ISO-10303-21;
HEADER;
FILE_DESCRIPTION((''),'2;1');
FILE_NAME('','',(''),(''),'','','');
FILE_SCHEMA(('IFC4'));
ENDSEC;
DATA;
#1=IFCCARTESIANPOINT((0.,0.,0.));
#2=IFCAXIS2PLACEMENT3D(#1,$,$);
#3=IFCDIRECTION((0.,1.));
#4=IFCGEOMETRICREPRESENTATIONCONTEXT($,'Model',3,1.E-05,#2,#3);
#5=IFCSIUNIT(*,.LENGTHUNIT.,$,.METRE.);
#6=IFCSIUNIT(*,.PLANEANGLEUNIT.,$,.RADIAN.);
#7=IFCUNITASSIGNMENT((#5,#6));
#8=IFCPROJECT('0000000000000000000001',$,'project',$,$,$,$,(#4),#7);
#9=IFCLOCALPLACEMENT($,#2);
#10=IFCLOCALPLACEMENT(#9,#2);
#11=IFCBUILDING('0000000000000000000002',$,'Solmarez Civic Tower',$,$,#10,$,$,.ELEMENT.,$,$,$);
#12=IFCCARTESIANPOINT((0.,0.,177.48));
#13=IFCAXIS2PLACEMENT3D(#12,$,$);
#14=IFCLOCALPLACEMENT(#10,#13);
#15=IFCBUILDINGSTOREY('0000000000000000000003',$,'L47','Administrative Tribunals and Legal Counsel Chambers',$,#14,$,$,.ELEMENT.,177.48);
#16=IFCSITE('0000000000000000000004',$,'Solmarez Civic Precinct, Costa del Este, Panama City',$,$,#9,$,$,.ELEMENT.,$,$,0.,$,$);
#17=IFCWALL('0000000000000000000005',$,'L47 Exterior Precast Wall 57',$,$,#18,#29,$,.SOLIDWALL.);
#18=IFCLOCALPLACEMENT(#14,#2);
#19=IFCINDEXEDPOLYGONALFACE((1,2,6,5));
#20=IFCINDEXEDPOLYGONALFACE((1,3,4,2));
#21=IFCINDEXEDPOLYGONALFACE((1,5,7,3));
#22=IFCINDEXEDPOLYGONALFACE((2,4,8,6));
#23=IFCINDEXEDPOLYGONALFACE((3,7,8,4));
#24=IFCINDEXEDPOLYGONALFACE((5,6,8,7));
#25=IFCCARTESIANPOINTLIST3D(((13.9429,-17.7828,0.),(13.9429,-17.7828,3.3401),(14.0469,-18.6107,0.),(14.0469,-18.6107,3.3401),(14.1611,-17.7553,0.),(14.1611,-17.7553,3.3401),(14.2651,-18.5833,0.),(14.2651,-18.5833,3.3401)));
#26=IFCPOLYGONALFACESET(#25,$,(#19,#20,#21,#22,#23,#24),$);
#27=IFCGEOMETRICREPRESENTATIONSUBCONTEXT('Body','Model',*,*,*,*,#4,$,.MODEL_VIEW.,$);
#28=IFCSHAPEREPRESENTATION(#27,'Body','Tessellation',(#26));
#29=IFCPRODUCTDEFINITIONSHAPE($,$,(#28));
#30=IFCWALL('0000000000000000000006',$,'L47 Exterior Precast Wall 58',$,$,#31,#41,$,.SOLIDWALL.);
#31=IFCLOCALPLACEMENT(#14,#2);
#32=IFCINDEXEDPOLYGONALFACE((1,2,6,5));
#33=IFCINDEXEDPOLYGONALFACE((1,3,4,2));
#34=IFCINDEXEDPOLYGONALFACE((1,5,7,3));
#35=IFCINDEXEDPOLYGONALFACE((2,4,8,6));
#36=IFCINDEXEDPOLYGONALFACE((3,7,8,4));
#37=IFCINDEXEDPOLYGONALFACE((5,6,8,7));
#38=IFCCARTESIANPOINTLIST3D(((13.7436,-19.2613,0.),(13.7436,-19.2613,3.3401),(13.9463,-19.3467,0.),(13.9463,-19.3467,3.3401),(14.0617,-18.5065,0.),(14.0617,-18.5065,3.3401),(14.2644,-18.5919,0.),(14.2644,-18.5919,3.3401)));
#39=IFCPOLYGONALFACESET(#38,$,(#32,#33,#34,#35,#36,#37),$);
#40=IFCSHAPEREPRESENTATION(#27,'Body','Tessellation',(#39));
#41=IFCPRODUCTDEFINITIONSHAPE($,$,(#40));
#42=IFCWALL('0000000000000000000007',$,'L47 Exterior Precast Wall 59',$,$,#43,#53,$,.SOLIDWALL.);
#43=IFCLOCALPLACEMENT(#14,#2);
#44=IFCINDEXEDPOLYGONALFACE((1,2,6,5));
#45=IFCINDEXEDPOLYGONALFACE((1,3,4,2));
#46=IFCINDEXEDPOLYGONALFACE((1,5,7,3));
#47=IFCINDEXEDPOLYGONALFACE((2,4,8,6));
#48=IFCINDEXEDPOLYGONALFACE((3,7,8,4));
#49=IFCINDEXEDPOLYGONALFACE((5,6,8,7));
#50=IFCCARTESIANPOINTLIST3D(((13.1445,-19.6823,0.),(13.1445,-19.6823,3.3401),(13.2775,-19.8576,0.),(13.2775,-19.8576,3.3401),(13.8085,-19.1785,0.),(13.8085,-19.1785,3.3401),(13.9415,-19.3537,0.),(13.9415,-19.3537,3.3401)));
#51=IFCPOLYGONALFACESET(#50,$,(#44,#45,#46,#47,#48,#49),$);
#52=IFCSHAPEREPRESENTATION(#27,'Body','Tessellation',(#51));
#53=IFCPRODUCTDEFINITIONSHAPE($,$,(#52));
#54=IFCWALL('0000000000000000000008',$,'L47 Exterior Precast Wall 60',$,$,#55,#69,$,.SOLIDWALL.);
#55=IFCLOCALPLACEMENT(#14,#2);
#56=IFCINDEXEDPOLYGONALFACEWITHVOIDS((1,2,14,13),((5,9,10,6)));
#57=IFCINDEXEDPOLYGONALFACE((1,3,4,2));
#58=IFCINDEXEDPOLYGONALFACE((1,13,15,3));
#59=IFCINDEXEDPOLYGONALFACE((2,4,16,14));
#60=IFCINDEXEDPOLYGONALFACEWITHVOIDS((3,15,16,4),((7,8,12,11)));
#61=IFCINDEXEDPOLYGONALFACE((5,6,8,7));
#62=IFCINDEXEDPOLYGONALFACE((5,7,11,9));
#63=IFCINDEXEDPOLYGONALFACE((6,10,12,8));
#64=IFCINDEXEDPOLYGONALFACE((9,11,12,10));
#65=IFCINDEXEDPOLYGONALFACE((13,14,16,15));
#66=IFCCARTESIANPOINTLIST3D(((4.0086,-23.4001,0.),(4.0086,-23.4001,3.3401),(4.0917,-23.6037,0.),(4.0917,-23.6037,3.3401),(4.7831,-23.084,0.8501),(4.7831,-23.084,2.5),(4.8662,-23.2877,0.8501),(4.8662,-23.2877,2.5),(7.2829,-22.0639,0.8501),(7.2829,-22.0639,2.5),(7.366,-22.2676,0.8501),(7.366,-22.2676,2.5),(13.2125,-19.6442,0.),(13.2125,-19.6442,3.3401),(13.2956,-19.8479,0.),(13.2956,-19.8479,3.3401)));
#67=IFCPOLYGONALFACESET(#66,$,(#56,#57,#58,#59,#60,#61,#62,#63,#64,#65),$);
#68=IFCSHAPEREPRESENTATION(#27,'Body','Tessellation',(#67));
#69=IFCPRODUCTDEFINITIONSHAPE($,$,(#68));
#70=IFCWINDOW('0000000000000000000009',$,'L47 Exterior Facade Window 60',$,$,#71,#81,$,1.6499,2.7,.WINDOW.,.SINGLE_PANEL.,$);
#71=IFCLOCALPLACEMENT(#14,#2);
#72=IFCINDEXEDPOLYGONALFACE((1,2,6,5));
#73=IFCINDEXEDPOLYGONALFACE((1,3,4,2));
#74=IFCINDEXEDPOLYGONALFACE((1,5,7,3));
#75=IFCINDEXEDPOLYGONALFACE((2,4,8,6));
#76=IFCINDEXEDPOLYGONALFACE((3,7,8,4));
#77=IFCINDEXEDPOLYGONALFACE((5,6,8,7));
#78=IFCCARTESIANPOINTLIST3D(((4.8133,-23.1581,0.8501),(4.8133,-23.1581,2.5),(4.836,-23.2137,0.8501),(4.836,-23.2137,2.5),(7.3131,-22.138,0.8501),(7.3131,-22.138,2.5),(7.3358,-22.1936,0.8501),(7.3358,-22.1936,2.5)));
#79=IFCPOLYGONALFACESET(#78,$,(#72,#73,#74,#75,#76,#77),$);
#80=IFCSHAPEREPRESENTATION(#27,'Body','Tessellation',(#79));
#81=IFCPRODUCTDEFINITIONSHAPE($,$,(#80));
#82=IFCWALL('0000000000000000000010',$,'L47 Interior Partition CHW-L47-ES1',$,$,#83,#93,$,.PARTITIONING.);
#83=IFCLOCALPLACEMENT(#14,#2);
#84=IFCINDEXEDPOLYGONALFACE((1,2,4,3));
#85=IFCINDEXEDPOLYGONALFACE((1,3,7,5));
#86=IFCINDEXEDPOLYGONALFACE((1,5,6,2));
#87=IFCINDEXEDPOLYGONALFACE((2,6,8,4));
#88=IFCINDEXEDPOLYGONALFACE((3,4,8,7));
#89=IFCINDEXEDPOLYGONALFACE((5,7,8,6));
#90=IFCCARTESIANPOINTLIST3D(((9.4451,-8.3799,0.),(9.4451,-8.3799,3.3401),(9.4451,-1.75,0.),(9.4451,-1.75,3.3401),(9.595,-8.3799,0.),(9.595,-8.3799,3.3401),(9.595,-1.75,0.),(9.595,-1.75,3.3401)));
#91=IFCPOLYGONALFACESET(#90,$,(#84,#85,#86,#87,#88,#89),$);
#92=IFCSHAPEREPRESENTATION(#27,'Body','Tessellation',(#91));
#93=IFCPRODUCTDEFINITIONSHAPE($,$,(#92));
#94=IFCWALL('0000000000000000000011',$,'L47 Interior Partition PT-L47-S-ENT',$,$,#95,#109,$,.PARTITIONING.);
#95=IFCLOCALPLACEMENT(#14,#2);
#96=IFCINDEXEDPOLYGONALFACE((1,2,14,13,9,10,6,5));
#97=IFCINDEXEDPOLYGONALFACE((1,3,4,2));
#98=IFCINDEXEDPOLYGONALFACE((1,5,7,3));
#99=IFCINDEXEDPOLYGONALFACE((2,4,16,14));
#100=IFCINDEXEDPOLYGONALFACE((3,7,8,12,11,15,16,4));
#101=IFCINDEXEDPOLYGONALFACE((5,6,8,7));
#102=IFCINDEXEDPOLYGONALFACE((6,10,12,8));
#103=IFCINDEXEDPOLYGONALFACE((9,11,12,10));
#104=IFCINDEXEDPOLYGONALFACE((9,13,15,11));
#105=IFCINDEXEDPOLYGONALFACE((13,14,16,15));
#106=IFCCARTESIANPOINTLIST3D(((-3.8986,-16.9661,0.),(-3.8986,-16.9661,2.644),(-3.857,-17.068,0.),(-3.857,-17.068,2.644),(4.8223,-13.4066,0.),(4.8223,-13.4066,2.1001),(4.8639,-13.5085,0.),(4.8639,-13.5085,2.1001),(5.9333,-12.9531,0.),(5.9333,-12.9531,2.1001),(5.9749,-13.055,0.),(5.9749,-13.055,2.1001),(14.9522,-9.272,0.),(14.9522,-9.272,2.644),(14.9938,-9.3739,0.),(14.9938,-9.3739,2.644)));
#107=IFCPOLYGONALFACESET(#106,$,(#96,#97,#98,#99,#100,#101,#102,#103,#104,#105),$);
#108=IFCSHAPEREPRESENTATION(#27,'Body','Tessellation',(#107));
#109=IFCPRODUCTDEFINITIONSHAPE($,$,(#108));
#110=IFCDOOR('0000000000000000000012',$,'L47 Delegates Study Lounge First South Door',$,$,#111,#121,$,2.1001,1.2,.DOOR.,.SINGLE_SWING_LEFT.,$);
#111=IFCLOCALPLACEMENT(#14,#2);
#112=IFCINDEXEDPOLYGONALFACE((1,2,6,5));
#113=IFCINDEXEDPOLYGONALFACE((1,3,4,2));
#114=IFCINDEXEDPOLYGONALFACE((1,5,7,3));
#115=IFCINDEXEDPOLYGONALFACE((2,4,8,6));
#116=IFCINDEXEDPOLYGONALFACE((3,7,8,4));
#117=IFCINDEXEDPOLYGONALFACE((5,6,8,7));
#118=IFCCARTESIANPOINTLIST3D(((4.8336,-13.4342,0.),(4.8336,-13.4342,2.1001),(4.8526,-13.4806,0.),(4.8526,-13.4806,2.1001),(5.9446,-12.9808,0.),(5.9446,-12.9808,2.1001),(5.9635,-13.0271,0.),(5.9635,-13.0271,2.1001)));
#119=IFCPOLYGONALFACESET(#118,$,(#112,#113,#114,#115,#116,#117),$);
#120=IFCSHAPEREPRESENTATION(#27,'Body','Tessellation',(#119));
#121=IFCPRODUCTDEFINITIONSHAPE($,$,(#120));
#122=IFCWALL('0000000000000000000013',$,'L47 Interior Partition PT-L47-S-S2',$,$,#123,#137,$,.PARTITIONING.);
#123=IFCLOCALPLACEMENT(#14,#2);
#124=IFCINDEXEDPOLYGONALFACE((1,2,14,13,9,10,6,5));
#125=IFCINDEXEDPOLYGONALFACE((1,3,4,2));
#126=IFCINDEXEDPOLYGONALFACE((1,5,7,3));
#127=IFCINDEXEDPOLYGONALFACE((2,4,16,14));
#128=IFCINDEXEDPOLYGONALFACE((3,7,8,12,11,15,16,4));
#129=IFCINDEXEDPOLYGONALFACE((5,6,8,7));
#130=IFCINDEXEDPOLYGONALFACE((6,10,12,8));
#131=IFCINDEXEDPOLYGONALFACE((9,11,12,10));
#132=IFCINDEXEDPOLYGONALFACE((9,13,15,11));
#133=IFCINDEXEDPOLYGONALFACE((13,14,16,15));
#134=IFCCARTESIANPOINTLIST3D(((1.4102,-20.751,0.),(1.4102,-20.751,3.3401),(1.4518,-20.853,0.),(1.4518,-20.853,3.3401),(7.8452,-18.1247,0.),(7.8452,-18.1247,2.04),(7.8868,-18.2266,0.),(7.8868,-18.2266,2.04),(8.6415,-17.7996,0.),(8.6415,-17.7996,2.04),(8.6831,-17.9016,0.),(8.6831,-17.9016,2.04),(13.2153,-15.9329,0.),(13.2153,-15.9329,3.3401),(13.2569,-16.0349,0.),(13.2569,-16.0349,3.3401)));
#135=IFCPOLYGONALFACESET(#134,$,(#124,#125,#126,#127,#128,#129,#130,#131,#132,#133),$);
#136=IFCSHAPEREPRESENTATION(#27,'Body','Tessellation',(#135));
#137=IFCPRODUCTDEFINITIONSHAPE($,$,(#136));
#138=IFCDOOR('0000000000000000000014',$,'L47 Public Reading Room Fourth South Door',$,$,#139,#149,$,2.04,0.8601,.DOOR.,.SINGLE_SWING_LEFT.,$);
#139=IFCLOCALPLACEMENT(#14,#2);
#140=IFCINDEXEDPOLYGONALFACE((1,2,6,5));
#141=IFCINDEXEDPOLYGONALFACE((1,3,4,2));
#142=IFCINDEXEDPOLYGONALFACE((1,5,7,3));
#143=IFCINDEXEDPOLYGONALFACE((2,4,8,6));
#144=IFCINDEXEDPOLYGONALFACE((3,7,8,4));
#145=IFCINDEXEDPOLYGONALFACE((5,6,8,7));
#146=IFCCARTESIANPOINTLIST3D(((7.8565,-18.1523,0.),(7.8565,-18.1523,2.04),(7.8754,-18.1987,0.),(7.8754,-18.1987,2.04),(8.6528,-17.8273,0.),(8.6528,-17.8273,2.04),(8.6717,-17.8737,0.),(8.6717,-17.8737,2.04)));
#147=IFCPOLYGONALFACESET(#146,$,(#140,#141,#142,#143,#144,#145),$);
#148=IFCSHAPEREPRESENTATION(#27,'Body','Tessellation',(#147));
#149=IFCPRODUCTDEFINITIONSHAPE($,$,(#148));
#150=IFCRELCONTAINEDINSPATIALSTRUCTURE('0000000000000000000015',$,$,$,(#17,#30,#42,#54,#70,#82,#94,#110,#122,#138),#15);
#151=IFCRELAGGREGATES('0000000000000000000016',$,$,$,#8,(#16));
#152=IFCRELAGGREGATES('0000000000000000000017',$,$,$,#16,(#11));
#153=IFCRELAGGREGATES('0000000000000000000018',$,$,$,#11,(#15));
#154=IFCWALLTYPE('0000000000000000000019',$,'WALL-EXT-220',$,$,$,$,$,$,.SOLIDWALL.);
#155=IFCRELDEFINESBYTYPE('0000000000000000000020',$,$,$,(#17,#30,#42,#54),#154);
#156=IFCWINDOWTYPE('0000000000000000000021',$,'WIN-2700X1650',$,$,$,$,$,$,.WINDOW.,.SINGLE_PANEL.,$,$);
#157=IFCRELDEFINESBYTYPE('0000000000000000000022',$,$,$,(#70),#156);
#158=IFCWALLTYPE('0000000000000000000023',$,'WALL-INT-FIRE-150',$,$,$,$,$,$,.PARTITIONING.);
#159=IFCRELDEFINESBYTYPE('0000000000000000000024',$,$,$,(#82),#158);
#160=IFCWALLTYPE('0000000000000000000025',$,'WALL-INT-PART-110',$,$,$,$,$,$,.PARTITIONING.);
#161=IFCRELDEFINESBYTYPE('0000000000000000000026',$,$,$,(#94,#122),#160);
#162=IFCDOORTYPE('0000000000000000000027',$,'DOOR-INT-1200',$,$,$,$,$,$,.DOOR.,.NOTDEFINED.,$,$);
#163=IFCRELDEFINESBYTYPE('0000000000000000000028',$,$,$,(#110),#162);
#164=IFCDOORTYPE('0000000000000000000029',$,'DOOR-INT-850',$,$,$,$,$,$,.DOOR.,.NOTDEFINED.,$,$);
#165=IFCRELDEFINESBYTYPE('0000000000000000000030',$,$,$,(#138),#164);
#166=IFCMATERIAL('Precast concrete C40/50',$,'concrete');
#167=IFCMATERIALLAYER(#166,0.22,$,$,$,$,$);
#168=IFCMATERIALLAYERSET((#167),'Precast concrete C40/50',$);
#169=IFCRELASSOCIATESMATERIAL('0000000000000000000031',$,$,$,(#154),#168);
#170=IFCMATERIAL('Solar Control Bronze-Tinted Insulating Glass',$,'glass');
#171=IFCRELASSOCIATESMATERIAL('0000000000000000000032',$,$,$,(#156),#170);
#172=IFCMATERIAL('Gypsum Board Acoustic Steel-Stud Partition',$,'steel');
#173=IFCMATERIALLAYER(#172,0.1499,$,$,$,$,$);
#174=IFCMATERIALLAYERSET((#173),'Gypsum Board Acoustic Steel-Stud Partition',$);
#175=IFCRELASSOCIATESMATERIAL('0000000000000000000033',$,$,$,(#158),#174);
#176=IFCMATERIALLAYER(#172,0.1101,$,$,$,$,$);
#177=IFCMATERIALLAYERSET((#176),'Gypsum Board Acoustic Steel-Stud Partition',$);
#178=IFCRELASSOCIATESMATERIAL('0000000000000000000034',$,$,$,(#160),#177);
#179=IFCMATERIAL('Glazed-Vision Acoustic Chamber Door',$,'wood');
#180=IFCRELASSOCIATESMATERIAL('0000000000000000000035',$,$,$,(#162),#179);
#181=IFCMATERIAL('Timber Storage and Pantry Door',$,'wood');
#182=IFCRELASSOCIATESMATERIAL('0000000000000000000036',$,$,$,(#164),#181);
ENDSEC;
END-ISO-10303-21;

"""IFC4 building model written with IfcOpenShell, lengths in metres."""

from ifc_helpers import new_model, si_unit, direction, frame, frame_2d, origin, place, context, subcontext, project, spatial, rectangle, extrude, material, layer, layer_set, type_object, element, fill, save


model = new_model("IFC4")

# Units and contexts
model_context = context("Model", 3, precision=1e-05, world=origin(), true_north=direction((0.0, 1.0)))
body_context = subcontext(model_context, "Body", "Model", "MODEL_VIEW")
ifc_project = project(units=[si_unit("LENGTHUNIT", "METRE"), si_unit("PLANEANGLEUNIT", "RADIAN")], contexts=[model_context])

# Site, building, storey
site_placement = place(None, origin())
site = spatial("IfcSite", under=ifc_project, at=site_placement, Name="Solmarez Civic Precinct, Costa del Este, Panama City", CompositionType="ELEMENT", RefElevation=0.0)
building_placement = place(site_placement, origin())
building = spatial("IfcBuilding", under=site, at=building_placement, Name="Solmarez Civic Tower", CompositionType="ELEMENT")
storey_placement = place(building_placement, frame((0.0, 0.0, 177.48)))
storey = spatial("IfcBuildingStorey", under=building, at=storey_placement, Name="L47", Description="Administrative Tribunals and Legal Counsel Chambers", CompositionType="ELEMENT", Elevation=177.48)

# Walls
ifc_material_1 = material(Name="Precast concrete C40/50", Category="concrete")
ifc_layer_1 = layer(ifc_material_1, 0.22)
ifc_layer_set_1 = layer_set([ifc_layer_1], Name="Precast concrete C40/50")
wall_type_1 = type_object("IfcWallType", Name="WALL-EXT-220", PredefinedType="SOLIDWALL", material=ifc_layer_set_1)
wall_1_placement = place(storey_placement, frame((14.052, -17.769, 0.0), z_axis=(0.0, 0.0, 1.0), x_axis=(0.124647, -0.992201, 0.0)))
element("IfcWall", 1, at=wall_1_placement, inside=storey, type_object=wall_type_1, Name="L47 Exterior Precast Wall 57", PredefinedType="SOLIDWALL", context=body_context, shape_type="SweptSolid", body=[
    extrude(rectangle(XDim=0.8345, YDim=0.22, at=frame_2d((0.4172, 0.0))), origin(), (0.0, 0.0, 1.0), 3.3401),
])
wall_2_placement = place(storey_placement, frame((14.1631, -18.5491, 0.0), z_axis=(0.0, 0.0, 1.0), x_axis=(-0.388337, -0.921518, 0.0)))
element("IfcWall", 2, at=wall_2_placement, inside=storey, type_object=wall_type_1, Name="L47 Exterior Precast Wall 58", PredefinedType="SOLIDWALL", context=body_context, shape_type="SweptSolid", body=[
    extrude(rectangle(XDim=0.8191, YDim=0.22, at=frame_2d((0.4097, 0.0))), origin(), (0.0, 0.0, 1.0), 3.3401),
])
wall_3_placement = place(storey_placement, frame((13.875, -19.2661, 0.0), z_axis=(0.0, 0.0, 1.0), x_axis=(-0.796613, -0.604489, 0.0)))
element("IfcWall", 3, at=wall_3_placement, inside=storey, type_object=wall_type_1, Name="L47 Exterior Precast Wall 59", PredefinedType="SOLIDWALL", context=body_context, shape_type="SweptSolid", body=[
    extrude(rectangle(XDim=0.8335, YDim=0.22, at=frame_2d((0.4167, 0.0))), origin(), (0.0, 0.0, 1.0), 3.3401),
])

# Wall, opening, window
wall_4_placement = place(storey_placement, frame((13.2539, -19.7461, 0.0), z_axis=(0.0, 0.0, 1.0), x_axis=(-0.925876, -0.377827, 0.0)))
wall_4 = element("IfcWall", 4, at=wall_4_placement, inside=storey, type_object=wall_type_1, Name="L47 Exterior Precast Wall 60", PredefinedType="SOLIDWALL", context=body_context, shape_type="SweptSolid", body=[
    extrude(rectangle(XDim=9.9407, YDim=0.22, at=frame_2d((4.9702, 0.0))), origin(), (0.0, 0.0, 1.0), 3.3401),
])
opening_1_placement = place(wall_4_placement, frame((6.4041, 0.0, 0.8501)))
opening_1 = element("IfcOpeningElement", 5, at=opening_1_placement, cuts=wall_4, PredefinedType="OPENING", context=body_context, shape_type="SweptSolid", body=[
    extrude(rectangle(XDim=2.7, YDim=1.6499, at=frame_2d((1.3501, 0.825))), frame((0.0, 0.1199, 0.0), z_axis=(0.0, -1.0, 0.0), x_axis=(1.0, 0.0, 0.0)), (0.0, 0.0, 1.0), 0.24),
])
ifc_material_2 = material(Name="Solar Control Bronze-Tinted Insulating Glass", Category="glass")
window_type = type_object("IfcWindowType", Name="WIN-2700X1650", PartitioningType="SINGLE_PANEL", PredefinedType="WINDOW", material=ifc_material_2)
window_placement = place(opening_1_placement, origin())
window = element("IfcWindow", 6, at=window_placement, inside=storey, type_object=window_type, Name="L47 Exterior Facade Window 60", OverallHeight=1.6499, OverallWidth=2.7, PartitioningType="SINGLE_PANEL", PredefinedType="WINDOW", context=body_context, shape_type="SweptSolid", body=[
    extrude(rectangle(XDim=2.7, YDim=1.6499, at=frame_2d((1.3501, 0.825))), frame((0.0, 0.03, 0.0), z_axis=(0.0, -1.0, 0.0), x_axis=(1.0, 0.0, 0.0)), (0.0, 0.0, 1.0), 0.0601),
])
fill(opening_1, window)

# Wall
ifc_material_3 = material(Name="Gypsum Board Acoustic Steel-Stud Partition", Category="steel")
ifc_layer_2 = layer(ifc_material_3, 0.1499)
ifc_layer_set_2 = layer_set([ifc_layer_2], Name="Gypsum Board Acoustic Steel-Stud Partition")
wall_type_2 = type_object("IfcWallType", Name="WALL-INT-FIRE-150", PredefinedType="PARTITIONING", material=ifc_layer_set_2)
wall_5_placement = place(storey_placement, frame((9.52, -8.3799, 0.0), z_axis=(0.0, 0.0, 1.0), x_axis=(0.0, 1.0, 0.0)))
element("IfcWall", 7, at=wall_5_placement, inside=storey, type_object=wall_type_2, Name="L47 Interior Partition CHW-L47-ES1", PredefinedType="PARTITIONING", context=body_context, shape_type="SweptSolid", body=[
    extrude(rectangle(XDim=6.6299, YDim=0.1499, at=frame_2d((3.3149, 0.0))), origin(), (0.0, 0.0, 1.0), 3.3401),
])

# Walls, openings, doors
ifc_layer_3 = layer(ifc_material_3, 0.1101)
ifc_layer_set_3 = layer_set([ifc_layer_3], Name="Gypsum Board Acoustic Steel-Stud Partition")
wall_type_3 = type_object("IfcWallType", Name="WALL-INT-PART-110", PredefinedType="PARTITIONING", material=ifc_layer_set_3)
wall_6_placement = place(storey_placement, frame((14.9729, -9.323, 0.0), z_axis=(0.0, 0.0, 1.0), x_axis=(-0.92585, -0.377892, 0.0)))
wall_6 = element("IfcWall", 8, at=wall_6_placement, inside=storey, type_object=wall_type_3, Name="L47 Interior Partition PT-L47-S-ENT", PredefinedType="PARTITIONING", context=body_context, shape_type="SweptSolid", body=[
    extrude(rectangle(XDim=20.3606, YDim=0.1101, at=frame_2d((10.1802, 0.0))), origin(), (0.0, 0.0, 1.0), 2.644),
])
opening_2_placement = place(wall_6_placement, frame((9.741, 0.0, 0.0)))
opening_2 = element("IfcOpeningElement", 9, at=opening_2_placement, cuts=wall_6, PredefinedType="OPENING", context=body_context, shape_type="SweptSolid", body=[
    extrude(rectangle(XDim=1.2, YDim=2.1001, at=frame_2d((0.6001, 1.05))), frame((0.0, 0.0649, 0.0), z_axis=(0.0, -1.0, 0.0), x_axis=(1.0, 0.0, 0.0)), (0.0, 0.0, 1.0), 0.1301),
])
ifc_material_4 = material(Name="Glazed-Vision Acoustic Chamber Door", Category="wood")
door_type_1 = type_object("IfcDoorType", Name="DOOR-INT-1200", OperationType="NOTDEFINED", PredefinedType="DOOR", material=ifc_material_4)
door_1_placement = place(opening_2_placement, origin())
door_1 = element("IfcDoor", 10, at=door_1_placement, inside=storey, type_object=door_type_1, Name="L47 Delegates Study Lounge First South Door", OperationType="SINGLE_SWING_LEFT", OverallHeight=2.1001, OverallWidth=1.2, PredefinedType="DOOR", context=body_context, shape_type="SweptSolid", body=[
    extrude(rectangle(XDim=1.2, YDim=2.1001, at=frame_2d((0.6001, 1.05))), frame((0.0, 0.0249, 0.0), z_axis=(0.0, -1.0, 0.0), x_axis=(1.0, 0.0, 0.0)), (0.0, 0.0, 1.0), 0.05),
])
fill(opening_2, door_1)
wall_7_placement = place(storey_placement, frame((13.2361, -15.9839, 0.0), z_axis=(0.0, 0.0, 1.0), x_axis=(-0.925857, -0.377875, 0.0)))
wall_7 = element("IfcWall", 11, at=wall_7_placement, inside=storey, type_object=wall_type_3, Name="L47 Interior Partition PT-L47-S-S2", PredefinedType="PARTITIONING", context=body_context, shape_type="SweptSolid", body=[
    extrude(rectangle(XDim=12.7505, YDim=0.1101, at=frame_2d((6.3752, 0.0))), origin(), (0.0, 0.0, 1.0), 3.3401),
])
opening_3_placement = place(wall_7_placement, frame((4.9399, 0.0, 0.0)))
opening_3 = element("IfcOpeningElement", 12, at=opening_3_placement, cuts=wall_7, PredefinedType="OPENING", context=body_context, shape_type="SweptSolid", body=[
    extrude(rectangle(XDim=0.8601, YDim=2.04, at=frame_2d((0.4302, 1.02))), frame((0.0, 0.0649, 0.0), z_axis=(0.0, -1.0, 0.0), x_axis=(1.0, 0.0, 0.0)), (0.0, 0.0, 1.0), 0.1301),
])
ifc_material_5 = material(Name="Timber Storage and Pantry Door", Category="wood")
door_type_2 = type_object("IfcDoorType", Name="DOOR-INT-850", OperationType="NOTDEFINED", PredefinedType="DOOR", material=ifc_material_5)
door_2_placement = place(opening_3_placement, origin())
door_2 = element("IfcDoor", 13, at=door_2_placement, inside=storey, type_object=door_type_2, Name="L47 Public Reading Room Fourth South Door", OperationType="SINGLE_SWING_LEFT", OverallHeight=2.04, OverallWidth=0.8601, PredefinedType="DOOR", context=body_context, shape_type="SweptSolid", body=[
    extrude(rectangle(XDim=0.8601, YDim=2.04, at=frame_2d((0.4302, 1.02))), frame((0.0, 0.0249, 0.0), z_axis=(0.0, -1.0, 0.0), x_axis=(1.0, 0.0, 0.0)), (0.0, 0.0, 1.0), 0.05),
])
fill(opening_3, door_2)

save(model, "model.ifc")
